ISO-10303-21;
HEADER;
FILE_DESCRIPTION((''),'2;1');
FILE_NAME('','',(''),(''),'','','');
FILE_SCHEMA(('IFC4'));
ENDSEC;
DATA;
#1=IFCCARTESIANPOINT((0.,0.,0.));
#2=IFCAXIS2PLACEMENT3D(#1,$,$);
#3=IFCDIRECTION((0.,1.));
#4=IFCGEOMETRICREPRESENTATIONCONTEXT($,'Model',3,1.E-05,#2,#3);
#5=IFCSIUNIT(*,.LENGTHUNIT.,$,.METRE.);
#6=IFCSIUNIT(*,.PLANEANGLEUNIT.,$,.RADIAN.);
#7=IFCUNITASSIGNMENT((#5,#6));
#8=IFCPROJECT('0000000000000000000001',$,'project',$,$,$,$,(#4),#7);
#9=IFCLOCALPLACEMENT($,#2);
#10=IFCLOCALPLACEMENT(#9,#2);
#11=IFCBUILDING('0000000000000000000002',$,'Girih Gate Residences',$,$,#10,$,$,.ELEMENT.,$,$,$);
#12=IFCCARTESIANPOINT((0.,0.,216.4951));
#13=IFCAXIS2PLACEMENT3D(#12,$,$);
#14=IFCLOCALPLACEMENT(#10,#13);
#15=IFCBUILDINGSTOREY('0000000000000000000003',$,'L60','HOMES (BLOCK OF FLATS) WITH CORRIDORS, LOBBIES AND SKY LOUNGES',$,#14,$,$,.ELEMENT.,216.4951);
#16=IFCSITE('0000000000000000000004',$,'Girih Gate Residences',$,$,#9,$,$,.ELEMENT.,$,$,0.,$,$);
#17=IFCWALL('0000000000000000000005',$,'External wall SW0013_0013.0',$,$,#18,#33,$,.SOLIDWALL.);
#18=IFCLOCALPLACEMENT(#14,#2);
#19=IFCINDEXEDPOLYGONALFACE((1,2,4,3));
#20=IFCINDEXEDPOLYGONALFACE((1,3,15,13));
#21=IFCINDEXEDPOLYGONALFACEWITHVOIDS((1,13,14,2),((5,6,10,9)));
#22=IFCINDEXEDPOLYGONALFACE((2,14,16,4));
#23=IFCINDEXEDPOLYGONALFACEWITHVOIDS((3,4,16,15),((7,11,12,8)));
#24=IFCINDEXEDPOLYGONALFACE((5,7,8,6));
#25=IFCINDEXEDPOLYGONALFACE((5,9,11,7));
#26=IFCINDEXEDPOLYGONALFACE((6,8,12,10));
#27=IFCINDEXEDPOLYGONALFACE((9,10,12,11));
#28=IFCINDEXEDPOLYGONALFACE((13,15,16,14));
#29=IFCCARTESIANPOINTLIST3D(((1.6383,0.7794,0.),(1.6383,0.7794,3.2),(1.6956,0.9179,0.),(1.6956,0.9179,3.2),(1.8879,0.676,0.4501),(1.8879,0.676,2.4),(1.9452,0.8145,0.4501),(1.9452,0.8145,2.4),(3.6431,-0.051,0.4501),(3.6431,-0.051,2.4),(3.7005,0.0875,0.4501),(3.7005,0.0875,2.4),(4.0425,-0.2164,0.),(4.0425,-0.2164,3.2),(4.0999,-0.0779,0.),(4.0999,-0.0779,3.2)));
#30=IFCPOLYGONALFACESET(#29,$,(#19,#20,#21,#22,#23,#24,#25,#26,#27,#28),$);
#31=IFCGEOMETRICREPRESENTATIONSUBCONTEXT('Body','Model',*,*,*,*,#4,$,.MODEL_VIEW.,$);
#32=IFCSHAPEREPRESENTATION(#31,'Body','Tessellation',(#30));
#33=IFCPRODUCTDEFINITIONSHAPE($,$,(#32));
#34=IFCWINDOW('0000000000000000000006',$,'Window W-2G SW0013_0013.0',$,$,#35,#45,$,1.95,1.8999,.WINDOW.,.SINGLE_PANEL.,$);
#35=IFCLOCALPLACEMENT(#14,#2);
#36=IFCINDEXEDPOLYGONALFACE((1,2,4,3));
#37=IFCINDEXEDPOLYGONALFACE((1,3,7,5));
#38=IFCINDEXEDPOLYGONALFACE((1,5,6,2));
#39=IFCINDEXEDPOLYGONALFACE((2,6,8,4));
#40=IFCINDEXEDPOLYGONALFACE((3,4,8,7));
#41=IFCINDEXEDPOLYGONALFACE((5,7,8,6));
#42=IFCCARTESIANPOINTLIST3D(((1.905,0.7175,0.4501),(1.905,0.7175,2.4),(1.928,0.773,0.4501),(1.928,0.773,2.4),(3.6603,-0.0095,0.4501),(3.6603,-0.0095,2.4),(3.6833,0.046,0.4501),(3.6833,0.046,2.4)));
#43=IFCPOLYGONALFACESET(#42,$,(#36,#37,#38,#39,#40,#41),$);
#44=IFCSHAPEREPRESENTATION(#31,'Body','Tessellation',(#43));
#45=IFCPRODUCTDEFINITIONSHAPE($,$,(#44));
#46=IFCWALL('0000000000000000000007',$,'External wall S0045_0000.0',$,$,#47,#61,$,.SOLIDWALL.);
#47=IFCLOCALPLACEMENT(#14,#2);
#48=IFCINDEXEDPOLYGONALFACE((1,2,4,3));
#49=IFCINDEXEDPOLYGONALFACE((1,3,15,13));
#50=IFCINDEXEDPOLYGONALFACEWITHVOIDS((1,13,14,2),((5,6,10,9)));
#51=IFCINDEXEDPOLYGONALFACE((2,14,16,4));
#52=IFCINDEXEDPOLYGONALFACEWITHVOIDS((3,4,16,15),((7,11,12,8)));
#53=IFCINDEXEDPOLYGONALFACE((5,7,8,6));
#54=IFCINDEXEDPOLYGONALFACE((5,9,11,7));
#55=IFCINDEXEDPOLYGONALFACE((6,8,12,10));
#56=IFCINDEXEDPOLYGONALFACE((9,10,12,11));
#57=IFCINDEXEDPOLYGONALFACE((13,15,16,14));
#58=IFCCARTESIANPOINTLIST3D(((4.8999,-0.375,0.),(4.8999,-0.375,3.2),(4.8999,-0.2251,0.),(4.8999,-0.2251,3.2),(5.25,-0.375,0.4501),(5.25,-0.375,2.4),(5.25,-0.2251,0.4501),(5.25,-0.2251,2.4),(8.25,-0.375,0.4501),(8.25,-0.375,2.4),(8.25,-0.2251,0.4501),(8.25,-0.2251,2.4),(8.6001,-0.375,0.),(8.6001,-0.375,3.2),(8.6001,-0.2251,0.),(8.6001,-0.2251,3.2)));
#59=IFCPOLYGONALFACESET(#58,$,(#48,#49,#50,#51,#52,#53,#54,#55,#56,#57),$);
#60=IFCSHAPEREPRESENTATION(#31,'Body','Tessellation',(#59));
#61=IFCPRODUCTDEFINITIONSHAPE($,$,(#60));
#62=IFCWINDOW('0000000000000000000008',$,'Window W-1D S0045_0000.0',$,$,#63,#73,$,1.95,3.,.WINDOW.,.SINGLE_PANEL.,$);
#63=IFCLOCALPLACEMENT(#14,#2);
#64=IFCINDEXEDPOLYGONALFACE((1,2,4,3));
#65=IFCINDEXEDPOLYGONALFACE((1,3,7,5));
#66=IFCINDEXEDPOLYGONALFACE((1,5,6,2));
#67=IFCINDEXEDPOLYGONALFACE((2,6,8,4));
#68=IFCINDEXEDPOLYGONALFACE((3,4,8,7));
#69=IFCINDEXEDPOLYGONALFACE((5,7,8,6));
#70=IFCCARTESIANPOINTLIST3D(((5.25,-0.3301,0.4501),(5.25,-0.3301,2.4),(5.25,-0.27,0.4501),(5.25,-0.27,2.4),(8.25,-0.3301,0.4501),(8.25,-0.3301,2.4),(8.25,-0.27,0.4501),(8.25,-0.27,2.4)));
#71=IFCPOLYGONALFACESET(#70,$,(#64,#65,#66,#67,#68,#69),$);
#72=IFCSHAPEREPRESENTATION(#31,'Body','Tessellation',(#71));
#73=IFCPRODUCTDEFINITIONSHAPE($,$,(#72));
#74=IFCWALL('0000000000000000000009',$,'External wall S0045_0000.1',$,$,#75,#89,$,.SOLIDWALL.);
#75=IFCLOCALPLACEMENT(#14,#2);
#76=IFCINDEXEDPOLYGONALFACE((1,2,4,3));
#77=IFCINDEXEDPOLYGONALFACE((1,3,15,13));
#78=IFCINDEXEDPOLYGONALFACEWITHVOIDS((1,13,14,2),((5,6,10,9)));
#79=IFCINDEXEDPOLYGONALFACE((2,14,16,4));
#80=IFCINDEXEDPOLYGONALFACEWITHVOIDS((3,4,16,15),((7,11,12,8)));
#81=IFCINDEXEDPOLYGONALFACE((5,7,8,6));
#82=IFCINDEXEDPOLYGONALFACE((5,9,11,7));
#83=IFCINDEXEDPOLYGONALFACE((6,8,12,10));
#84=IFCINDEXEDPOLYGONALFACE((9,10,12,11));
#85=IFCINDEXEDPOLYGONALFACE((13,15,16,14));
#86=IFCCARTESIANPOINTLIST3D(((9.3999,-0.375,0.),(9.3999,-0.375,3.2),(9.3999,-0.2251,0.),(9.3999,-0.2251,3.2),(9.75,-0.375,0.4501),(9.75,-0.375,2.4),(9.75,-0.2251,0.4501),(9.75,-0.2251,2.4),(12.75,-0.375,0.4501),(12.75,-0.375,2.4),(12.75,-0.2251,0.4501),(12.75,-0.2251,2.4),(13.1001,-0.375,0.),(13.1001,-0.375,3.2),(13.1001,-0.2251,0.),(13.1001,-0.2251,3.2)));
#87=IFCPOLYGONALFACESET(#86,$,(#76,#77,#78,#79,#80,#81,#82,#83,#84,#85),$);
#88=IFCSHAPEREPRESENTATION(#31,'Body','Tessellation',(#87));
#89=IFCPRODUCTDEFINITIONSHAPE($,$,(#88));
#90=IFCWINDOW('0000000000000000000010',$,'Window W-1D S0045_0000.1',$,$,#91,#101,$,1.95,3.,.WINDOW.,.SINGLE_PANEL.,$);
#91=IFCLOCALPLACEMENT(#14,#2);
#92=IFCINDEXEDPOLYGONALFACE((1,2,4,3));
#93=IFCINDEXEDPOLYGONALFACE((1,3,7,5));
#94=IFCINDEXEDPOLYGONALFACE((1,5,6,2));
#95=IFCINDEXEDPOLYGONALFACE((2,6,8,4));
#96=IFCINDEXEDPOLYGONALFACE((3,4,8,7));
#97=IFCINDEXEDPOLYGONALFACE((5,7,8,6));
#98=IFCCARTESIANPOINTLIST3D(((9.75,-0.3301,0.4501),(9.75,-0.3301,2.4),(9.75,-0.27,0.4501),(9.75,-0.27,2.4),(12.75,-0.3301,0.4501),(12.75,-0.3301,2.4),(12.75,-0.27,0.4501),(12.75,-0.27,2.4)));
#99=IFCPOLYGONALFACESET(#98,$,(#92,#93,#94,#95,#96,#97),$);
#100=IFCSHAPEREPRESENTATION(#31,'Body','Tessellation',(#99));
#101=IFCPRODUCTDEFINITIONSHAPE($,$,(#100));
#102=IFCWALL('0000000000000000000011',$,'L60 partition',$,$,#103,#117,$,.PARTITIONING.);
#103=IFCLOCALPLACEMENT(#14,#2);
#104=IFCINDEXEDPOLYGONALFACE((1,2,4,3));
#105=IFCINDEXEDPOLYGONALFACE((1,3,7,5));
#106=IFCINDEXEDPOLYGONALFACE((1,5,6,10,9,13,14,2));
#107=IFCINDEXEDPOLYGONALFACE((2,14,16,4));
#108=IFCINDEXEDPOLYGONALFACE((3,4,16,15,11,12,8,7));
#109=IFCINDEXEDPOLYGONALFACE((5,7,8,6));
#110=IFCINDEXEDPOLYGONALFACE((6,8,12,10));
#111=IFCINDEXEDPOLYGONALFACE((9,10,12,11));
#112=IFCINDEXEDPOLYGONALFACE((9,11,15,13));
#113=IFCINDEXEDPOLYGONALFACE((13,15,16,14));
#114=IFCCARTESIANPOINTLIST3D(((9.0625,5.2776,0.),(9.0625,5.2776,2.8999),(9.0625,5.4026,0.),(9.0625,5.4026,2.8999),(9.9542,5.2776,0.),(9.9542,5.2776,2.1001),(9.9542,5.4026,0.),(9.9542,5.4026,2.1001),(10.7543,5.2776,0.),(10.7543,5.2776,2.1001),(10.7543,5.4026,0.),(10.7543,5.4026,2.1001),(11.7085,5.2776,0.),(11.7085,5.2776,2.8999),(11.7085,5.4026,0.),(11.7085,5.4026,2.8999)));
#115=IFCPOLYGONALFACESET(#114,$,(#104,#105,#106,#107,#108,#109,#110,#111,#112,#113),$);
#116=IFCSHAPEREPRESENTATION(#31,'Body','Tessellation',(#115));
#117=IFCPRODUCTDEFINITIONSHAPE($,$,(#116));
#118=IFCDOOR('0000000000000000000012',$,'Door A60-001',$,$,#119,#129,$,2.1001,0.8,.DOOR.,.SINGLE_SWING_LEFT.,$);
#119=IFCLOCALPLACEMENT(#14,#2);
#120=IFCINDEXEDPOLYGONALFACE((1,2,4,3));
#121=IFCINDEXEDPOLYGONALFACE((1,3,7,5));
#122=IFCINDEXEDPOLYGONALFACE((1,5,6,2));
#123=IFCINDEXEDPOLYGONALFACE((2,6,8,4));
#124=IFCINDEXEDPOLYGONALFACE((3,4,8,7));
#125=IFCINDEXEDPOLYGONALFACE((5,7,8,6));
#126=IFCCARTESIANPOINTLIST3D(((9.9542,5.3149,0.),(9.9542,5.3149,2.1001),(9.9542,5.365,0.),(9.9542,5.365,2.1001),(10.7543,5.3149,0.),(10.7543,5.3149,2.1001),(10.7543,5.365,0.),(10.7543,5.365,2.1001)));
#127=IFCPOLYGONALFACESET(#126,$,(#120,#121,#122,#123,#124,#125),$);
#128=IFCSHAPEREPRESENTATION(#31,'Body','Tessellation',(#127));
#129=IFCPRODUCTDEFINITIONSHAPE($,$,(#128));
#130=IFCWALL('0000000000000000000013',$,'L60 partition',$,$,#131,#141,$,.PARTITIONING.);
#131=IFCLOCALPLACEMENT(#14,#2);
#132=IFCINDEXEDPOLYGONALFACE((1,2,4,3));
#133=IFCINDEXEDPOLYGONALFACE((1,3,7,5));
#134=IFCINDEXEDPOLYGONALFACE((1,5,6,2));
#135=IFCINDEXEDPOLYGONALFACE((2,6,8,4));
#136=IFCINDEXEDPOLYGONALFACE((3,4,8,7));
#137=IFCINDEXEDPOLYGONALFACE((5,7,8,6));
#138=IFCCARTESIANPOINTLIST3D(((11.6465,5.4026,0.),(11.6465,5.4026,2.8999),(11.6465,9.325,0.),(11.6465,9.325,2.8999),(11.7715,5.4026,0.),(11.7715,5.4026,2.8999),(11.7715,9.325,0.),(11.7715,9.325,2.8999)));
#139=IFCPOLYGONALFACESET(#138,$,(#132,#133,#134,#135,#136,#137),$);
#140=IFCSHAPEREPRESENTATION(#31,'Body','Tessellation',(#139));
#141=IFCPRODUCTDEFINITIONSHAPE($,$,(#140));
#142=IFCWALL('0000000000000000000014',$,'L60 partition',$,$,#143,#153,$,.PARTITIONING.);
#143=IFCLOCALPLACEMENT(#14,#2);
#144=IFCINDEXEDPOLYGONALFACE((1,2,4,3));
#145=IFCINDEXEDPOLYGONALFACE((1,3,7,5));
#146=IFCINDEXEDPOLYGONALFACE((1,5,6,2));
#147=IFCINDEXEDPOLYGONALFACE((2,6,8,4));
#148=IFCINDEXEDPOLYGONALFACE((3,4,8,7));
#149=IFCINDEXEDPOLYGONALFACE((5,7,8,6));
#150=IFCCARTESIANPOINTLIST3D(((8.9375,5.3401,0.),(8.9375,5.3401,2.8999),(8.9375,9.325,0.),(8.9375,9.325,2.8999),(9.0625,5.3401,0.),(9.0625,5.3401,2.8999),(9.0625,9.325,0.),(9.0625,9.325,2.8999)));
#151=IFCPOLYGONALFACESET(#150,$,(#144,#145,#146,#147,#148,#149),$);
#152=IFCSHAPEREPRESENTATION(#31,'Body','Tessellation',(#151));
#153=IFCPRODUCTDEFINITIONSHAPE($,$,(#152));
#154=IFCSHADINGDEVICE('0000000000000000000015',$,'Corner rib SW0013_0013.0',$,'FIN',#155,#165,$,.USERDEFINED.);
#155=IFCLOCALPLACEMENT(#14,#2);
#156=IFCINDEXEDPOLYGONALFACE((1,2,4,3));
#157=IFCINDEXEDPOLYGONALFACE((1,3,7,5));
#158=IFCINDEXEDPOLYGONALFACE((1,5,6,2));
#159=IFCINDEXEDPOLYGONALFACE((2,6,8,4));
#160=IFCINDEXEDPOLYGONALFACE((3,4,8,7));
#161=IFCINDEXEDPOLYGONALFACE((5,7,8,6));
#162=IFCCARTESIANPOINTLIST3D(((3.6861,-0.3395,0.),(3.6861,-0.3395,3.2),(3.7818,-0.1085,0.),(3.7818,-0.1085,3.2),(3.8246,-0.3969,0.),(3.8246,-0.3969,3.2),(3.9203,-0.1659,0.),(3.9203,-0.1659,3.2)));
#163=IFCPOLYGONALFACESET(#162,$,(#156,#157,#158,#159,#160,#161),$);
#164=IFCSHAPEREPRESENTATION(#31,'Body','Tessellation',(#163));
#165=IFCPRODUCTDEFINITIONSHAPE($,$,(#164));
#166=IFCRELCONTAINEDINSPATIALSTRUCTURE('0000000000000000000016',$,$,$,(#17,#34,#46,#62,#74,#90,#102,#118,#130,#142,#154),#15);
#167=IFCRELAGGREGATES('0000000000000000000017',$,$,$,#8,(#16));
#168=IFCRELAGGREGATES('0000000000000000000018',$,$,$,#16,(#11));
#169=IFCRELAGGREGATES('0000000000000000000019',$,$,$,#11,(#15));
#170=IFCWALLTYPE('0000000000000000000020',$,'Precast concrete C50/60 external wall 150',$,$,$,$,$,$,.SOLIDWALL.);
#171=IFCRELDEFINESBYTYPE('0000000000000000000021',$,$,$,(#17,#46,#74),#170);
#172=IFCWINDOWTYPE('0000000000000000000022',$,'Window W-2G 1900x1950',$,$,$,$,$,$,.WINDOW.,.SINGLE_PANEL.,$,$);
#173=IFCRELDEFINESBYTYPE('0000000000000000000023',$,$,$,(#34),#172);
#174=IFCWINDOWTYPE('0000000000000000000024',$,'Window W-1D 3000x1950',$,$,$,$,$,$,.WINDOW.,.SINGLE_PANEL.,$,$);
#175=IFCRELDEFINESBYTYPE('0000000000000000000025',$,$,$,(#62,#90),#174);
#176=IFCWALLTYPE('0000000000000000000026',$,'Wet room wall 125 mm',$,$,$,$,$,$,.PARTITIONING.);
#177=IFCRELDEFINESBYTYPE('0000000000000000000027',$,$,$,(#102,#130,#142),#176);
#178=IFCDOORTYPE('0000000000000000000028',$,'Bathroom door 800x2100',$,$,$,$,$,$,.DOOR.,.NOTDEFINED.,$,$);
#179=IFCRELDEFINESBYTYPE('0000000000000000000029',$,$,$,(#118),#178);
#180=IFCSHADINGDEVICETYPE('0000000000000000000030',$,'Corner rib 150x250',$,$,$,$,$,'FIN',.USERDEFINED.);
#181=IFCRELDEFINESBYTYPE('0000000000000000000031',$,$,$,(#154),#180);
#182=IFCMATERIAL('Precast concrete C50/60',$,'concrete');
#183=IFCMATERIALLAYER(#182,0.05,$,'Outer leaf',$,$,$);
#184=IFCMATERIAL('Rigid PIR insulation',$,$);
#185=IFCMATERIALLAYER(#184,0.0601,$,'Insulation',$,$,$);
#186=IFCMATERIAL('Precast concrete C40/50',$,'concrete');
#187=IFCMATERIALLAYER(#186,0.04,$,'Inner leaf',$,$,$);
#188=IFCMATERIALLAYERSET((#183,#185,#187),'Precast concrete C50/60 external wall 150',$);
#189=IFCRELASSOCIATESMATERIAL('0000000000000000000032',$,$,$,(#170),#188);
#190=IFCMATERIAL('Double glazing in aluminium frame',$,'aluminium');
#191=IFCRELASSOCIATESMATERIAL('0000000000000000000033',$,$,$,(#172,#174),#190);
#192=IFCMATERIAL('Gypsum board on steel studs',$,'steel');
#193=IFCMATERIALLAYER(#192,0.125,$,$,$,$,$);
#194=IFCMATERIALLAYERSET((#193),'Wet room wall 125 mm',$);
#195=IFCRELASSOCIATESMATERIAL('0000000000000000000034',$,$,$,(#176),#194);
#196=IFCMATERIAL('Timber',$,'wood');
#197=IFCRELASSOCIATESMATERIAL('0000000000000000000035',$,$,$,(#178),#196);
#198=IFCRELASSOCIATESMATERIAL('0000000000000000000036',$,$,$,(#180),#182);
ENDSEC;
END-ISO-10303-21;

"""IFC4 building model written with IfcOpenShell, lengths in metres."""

from ifc_helpers import new_model, si_unit, direction, frame, frame_2d, origin, origin_2d, place, context, subcontext, project, spatial, rectangle, extrude, material, layer, layer_set, type_object, element, fill, save


model = new_model("IFC4")

# Units and contexts
model_context = context("Model", 3, precision=1e-05, world=origin(), true_north=direction((0.0, 1.0)))
body_context = subcontext(model_context, "Body", "Model", "MODEL_VIEW")
ifc_project = project(units=[si_unit("LENGTHUNIT", "METRE"), si_unit("PLANEANGLEUNIT", "RADIAN")], contexts=[model_context])

# Site, building, storey
site_placement = place(None, origin())
site = spatial("IfcSite", under=ifc_project, at=site_placement, Name="Girih Gate Residences", CompositionType="ELEMENT", RefElevation=0.0)
building_placement = place(site_placement, origin())
building = spatial("IfcBuilding", under=site, at=building_placement, Name="Girih Gate Residences", CompositionType="ELEMENT")
storey_placement = place(building_placement, frame((0.0, 0.0, 216.4951)))
storey = spatial("IfcBuildingStorey", under=building, at=storey_placement, Name="L60", Description="HOMES (BLOCK OF FLATS) WITH CORRIDORS, LOBBIES AND SKY LOUNGES", CompositionType="ELEMENT", Elevation=216.4951)

# Shared definitions
ifc_material_1 = material(Name="Gypsum board on steel studs", Category="steel")

# Shared definitions
ifc_material_2 = material(Name="Timber", Category="wood")

# Walls, openings, windows
ifc_material_3 = material(Name="Precast concrete C50/60", Category="concrete")
ifc_layer_1 = layer(ifc_material_3, 0.05, Name="Outer leaf")
ifc_material_4 = material(Name="Rigid PIR insulation")
ifc_layer_2 = layer(ifc_material_4, 0.0601, Name="Insulation")
ifc_material_5 = material(Name="Precast concrete C40/50", Category="concrete")
ifc_layer_3 = layer(ifc_material_5, 0.04, Name="Inner leaf")
ifc_layer_set_1 = layer_set([ifc_layer_1, ifc_layer_2, ifc_layer_3], Name="Precast concrete C50/60 external wall 150")
wall_type_1 = type_object("IfcWallType", Name="Precast concrete C50/60 external wall 150", PredefinedType="SOLIDWALL", material=ifc_layer_set_1)
wall_1_placement = place(storey_placement, frame((4.0713, -0.1472, 0.0), z_axis=(0.0, 0.0, 1.0), x_axis=(-0.923885, 0.382669, 0.0)))
wall_1 = element("IfcWall", 1, at=wall_1_placement, inside=storey, type_object=wall_type_1, Name="External wall SW0013_0013.0", PredefinedType="SOLIDWALL", context=body_context, shape_type="SweptSolid", body=[
    extrude(rectangle(XDim=2.6023, YDim=0.1499, at=frame_2d((1.3013, 0.0))), origin(), (0.0, 0.0, 1.0), 3.2),
])
opening_1_placement = place(wall_1_placement, frame((0.4324, 0.0, 0.45)))
opening_1 = element("IfcOpeningElement", 2, at=opening_1_placement, cuts=wall_1, PredefinedType="OPENING", context=body_context, shape_type="SweptSolid", body=[
    extrude(rectangle(XDim=1.8999, YDim=1.95, at=frame_2d((0.95, 0.9751))), frame((0.0, 0.085, 0.0), z_axis=(0.0, -1.0, 0.0), x_axis=(1.0, 0.0, 0.0)), (0.0, 0.0, 1.0), 0.1699),
])
ifc_material_6 = material(Name="Double glazing in aluminium frame", Category="aluminium")
window_type_1 = type_object("IfcWindowType", Name="Window W-2G 1900x1950", PartitioningType="SINGLE_PANEL", PredefinedType="WINDOW", material=ifc_material_6)
window_1_placement = place(opening_1_placement, origin())
window_1 = element("IfcWindow", 3, at=window_1_placement, inside=storey, type_object=window_type_1, Name="Window W-2G SW0013_0013.0", OverallHeight=1.95, OverallWidth=1.8999, PartitioningType="SINGLE_PANEL", PredefinedType="WINDOW", context=body_context, shape_type="SweptSolid", body=[
    extrude(rectangle(XDim=1.8999, YDim=1.95, at=frame_2d((0.95, 0.9751))), frame((0.0, 0.03, 0.0), z_axis=(0.0, -1.0, 0.0), x_axis=(1.0, 0.0, 0.0)), (0.0, 0.0, 1.0), 0.0601),
])
fill(opening_1, window_1)
wall_2_placement = place(storey_placement, frame((8.6001, -0.3, 0.0), z_axis=(0.0, 0.0, 1.0), x_axis=(-1.0, 0.0, 0.0)))
wall_2 = element("IfcWall", 4, at=wall_2_placement, inside=storey, type_object=wall_type_1, Name="External wall S0045_0000.0", PredefinedType="SOLIDWALL", context=body_context, shape_type="SweptSolid", body=[
    extrude(rectangle(XDim=3.7002, YDim=0.1499, at=frame_2d((1.8501, 0.0))), origin(), (0.0, 0.0, 1.0), 3.2),
])
opening_2_placement = place(wall_2_placement, frame((0.3501, 0.0, 0.45)))
opening_2 = element("IfcOpeningElement", 5, at=opening_2_placement, cuts=wall_2, PredefinedType="OPENING", context=body_context, shape_type="SweptSolid", body=[
    extrude(rectangle(XDim=3.0, YDim=1.95, at=frame_2d((1.5, 0.9751))), frame((0.0, 0.085, 0.0), z_axis=(0.0, -1.0, 0.0), x_axis=(1.0, 0.0, 0.0)), (0.0, 0.0, 1.0), 0.1699),
])
window_type_2 = type_object("IfcWindowType", Name="Window W-1D 3000x1950", PartitioningType="SINGLE_PANEL", PredefinedType="WINDOW", material=ifc_material_6)
window_2_placement = place(opening_2_placement, origin())
window_2 = element("IfcWindow", 6, at=window_2_placement, inside=storey, type_object=window_type_2, Name="Window W-1D S0045_0000.0", OverallHeight=1.95, OverallWidth=3.0, PartitioningType="SINGLE_PANEL", PredefinedType="WINDOW", context=body_context, shape_type="SweptSolid", body=[
    extrude(rectangle(XDim=3.0, YDim=1.95, at=frame_2d((1.5, 0.9751))), frame((0.0, 0.03, 0.0), z_axis=(0.0, -1.0, 0.0), x_axis=(1.0, 0.0, 0.0)), (0.0, 0.0, 1.0), 0.0601),
])
fill(opening_2, window_2)
wall_3_placement = place(storey_placement, frame((13.1001, -0.3, 0.0), z_axis=(0.0, 0.0, 1.0), x_axis=(-1.0, 0.0, 0.0)))
wall_3 = element("IfcWall", 7, at=wall_3_placement, inside=storey, type_object=wall_type_1, Name="External wall S0045_0000.1", PredefinedType="SOLIDWALL", context=body_context, shape_type="SweptSolid", body=[
    extrude(rectangle(XDim=3.7002, YDim=0.1499, at=frame_2d((1.8501, 0.0))), origin(), (0.0, 0.0, 1.0), 3.2),
])
opening_3_placement = place(wall_3_placement, frame((0.3501, 0.0, 0.45)))
opening_3 = element("IfcOpeningElement", 8, at=opening_3_placement, cuts=wall_3, PredefinedType="OPENING", context=body_context, shape_type="SweptSolid", body=[
    extrude(rectangle(XDim=3.0, YDim=1.95, at=frame_2d((1.5, 0.9751))), frame((0.0, 0.085, 0.0), z_axis=(0.0, -1.0, 0.0), x_axis=(1.0, 0.0, 0.0)), (0.0, 0.0, 1.0), 0.1699),
])
window_3_placement = place(opening_3_placement, origin())
window_3 = element("IfcWindow", 9, at=window_3_placement, inside=storey, type_object=window_type_2, Name="Window W-1D S0045_0000.1", OverallHeight=1.95, OverallWidth=3.0, PartitioningType="SINGLE_PANEL", PredefinedType="WINDOW", context=body_context, shape_type="SweptSolid", body=[
    extrude(rectangle(XDim=3.0, YDim=1.95, at=frame_2d((1.5, 0.9751))), frame((0.0, 0.03, 0.0), z_axis=(0.0, -1.0, 0.0), x_axis=(1.0, 0.0, 0.0)), (0.0, 0.0, 1.0), 0.0601),
])
fill(opening_3, window_3)

# Wall, opening, door
ifc_layer_4 = layer(ifc_material_1, 0.125)
ifc_layer_set_2 = layer_set([ifc_layer_4], Name="Wet room wall 125 mm")
wall_type_2 = type_object("IfcWallType", Name="Wet room wall 125 mm", PredefinedType="PARTITIONING", material=ifc_layer_set_2)
wall_4_placement = place(storey_placement, frame((9.0625, 5.3401, 0.0), z_axis=(0.0, 0.0, 1.0), x_axis=(1.0, 0.0, 0.0)))
wall_4 = element("IfcWall", 10, at=wall_4_placement, inside=storey, type_object=wall_type_2, Name="L60 partition", PredefinedType="PARTITIONING", context=body_context, shape_type="SweptSolid", body=[
    extrude(rectangle(XDim=2.646, YDim=0.125, at=frame_2d((1.323, 0.0))), origin(), (0.0, 0.0, 1.0), 2.8999),
])
opening_4_placement = place(wall_4_placement, frame((0.8918, 0.0, 0.0)))
opening_4 = element("IfcOpeningElement", 11, at=opening_4_placement, cuts=wall_4, PredefinedType="OPENING", context=body_context, shape_type="SweptSolid", body=[
    extrude(rectangle(XDim=0.8, YDim=2.1001, at=frame_2d((0.3999, 1.05))), frame((0.0, 0.0725, 0.0), z_axis=(0.0, -1.0, 0.0), x_axis=(1.0, 0.0, 0.0)), (0.0, 0.0, 1.0), 0.145),
])
door_type_1 = type_object("IfcDoorType", Name="Bathroom door 800x2100", OperationType="NOTDEFINED", PredefinedType="DOOR", material=ifc_material_2)
door_1_placement = place(opening_4_placement, origin())
door_1 = element("IfcDoor", 12, at=door_1_placement, inside=storey, type_object=door_type_1, Name="Door A60-001", OperationType="SINGLE_SWING_LEFT", OverallHeight=2.1001, OverallWidth=0.8, PredefinedType="DOOR", context=body_context, shape_type="SweptSolid", body=[
    extrude(rectangle(XDim=0.8, YDim=2.1001, at=frame_2d((0.3999, 1.05))), frame((0.0, 0.0249, 0.0), z_axis=(0.0, -1.0, 0.0), x_axis=(1.0, 0.0, 0.0)), (0.0, 0.0, 1.0), 0.05),
])
fill(opening_4, door_1)

# Walls
wall_5_placement = place(storey_placement, frame((11.709, 5.4026, 0.0), z_axis=(0.0, 0.0, 1.0), x_axis=(0.0, 1.0, 0.0)))
element("IfcWall", 13, at=wall_5_placement, inside=storey, type_object=wall_type_2, Name="L60 partition", PredefinedType="PARTITIONING", context=body_context, shape_type="SweptSolid", body=[
    extrude(rectangle(XDim=3.9224, YDim=0.125, at=frame_2d((1.9612, 0.0))), origin(), (0.0, 0.0, 1.0), 2.8999),
])
wall_6_placement = place(storey_placement, frame((9.0, 5.3401, 0.0), z_axis=(0.0, 0.0, 1.0), x_axis=(0.0, 1.0, 0.0)))
element("IfcWall", 14, at=wall_6_placement, inside=storey, type_object=wall_type_2, Name="L60 partition", PredefinedType="PARTITIONING", context=body_context, shape_type="SweptSolid", body=[
    extrude(rectangle(XDim=3.9849, YDim=0.125, at=frame_2d((1.9924, 0.0))), origin(), (0.0, 0.0, 1.0), 2.8999),
])

# Shading device
shading_device_type = type_object("IfcShadingDeviceType", Name="Corner rib 150x250", ElementType="FIN", PredefinedType="USERDEFINED", material=ifc_material_3)
shading_device_placement = place(storey_placement, frame((3.8032, -0.2527, 0.0), z_axis=(0.0, 0.0, 1.0), x_axis=(0.92388, -0.382683, 0.0)))
element("IfcShadingDevice", 15, at=shading_device_placement, inside=storey, type_object=shading_device_type, Name="Corner rib SW0013_0013.0", ObjectType="FIN", PredefinedType="USERDEFINED", context=body_context, shape_type="SweptSolid", body=[
    extrude(rectangle(XDim=0.1499, YDim=0.25, at=origin_2d()), origin(), (0.0, 0.0, 1.0), 3.2),
])

save(model, "model.ifc")
